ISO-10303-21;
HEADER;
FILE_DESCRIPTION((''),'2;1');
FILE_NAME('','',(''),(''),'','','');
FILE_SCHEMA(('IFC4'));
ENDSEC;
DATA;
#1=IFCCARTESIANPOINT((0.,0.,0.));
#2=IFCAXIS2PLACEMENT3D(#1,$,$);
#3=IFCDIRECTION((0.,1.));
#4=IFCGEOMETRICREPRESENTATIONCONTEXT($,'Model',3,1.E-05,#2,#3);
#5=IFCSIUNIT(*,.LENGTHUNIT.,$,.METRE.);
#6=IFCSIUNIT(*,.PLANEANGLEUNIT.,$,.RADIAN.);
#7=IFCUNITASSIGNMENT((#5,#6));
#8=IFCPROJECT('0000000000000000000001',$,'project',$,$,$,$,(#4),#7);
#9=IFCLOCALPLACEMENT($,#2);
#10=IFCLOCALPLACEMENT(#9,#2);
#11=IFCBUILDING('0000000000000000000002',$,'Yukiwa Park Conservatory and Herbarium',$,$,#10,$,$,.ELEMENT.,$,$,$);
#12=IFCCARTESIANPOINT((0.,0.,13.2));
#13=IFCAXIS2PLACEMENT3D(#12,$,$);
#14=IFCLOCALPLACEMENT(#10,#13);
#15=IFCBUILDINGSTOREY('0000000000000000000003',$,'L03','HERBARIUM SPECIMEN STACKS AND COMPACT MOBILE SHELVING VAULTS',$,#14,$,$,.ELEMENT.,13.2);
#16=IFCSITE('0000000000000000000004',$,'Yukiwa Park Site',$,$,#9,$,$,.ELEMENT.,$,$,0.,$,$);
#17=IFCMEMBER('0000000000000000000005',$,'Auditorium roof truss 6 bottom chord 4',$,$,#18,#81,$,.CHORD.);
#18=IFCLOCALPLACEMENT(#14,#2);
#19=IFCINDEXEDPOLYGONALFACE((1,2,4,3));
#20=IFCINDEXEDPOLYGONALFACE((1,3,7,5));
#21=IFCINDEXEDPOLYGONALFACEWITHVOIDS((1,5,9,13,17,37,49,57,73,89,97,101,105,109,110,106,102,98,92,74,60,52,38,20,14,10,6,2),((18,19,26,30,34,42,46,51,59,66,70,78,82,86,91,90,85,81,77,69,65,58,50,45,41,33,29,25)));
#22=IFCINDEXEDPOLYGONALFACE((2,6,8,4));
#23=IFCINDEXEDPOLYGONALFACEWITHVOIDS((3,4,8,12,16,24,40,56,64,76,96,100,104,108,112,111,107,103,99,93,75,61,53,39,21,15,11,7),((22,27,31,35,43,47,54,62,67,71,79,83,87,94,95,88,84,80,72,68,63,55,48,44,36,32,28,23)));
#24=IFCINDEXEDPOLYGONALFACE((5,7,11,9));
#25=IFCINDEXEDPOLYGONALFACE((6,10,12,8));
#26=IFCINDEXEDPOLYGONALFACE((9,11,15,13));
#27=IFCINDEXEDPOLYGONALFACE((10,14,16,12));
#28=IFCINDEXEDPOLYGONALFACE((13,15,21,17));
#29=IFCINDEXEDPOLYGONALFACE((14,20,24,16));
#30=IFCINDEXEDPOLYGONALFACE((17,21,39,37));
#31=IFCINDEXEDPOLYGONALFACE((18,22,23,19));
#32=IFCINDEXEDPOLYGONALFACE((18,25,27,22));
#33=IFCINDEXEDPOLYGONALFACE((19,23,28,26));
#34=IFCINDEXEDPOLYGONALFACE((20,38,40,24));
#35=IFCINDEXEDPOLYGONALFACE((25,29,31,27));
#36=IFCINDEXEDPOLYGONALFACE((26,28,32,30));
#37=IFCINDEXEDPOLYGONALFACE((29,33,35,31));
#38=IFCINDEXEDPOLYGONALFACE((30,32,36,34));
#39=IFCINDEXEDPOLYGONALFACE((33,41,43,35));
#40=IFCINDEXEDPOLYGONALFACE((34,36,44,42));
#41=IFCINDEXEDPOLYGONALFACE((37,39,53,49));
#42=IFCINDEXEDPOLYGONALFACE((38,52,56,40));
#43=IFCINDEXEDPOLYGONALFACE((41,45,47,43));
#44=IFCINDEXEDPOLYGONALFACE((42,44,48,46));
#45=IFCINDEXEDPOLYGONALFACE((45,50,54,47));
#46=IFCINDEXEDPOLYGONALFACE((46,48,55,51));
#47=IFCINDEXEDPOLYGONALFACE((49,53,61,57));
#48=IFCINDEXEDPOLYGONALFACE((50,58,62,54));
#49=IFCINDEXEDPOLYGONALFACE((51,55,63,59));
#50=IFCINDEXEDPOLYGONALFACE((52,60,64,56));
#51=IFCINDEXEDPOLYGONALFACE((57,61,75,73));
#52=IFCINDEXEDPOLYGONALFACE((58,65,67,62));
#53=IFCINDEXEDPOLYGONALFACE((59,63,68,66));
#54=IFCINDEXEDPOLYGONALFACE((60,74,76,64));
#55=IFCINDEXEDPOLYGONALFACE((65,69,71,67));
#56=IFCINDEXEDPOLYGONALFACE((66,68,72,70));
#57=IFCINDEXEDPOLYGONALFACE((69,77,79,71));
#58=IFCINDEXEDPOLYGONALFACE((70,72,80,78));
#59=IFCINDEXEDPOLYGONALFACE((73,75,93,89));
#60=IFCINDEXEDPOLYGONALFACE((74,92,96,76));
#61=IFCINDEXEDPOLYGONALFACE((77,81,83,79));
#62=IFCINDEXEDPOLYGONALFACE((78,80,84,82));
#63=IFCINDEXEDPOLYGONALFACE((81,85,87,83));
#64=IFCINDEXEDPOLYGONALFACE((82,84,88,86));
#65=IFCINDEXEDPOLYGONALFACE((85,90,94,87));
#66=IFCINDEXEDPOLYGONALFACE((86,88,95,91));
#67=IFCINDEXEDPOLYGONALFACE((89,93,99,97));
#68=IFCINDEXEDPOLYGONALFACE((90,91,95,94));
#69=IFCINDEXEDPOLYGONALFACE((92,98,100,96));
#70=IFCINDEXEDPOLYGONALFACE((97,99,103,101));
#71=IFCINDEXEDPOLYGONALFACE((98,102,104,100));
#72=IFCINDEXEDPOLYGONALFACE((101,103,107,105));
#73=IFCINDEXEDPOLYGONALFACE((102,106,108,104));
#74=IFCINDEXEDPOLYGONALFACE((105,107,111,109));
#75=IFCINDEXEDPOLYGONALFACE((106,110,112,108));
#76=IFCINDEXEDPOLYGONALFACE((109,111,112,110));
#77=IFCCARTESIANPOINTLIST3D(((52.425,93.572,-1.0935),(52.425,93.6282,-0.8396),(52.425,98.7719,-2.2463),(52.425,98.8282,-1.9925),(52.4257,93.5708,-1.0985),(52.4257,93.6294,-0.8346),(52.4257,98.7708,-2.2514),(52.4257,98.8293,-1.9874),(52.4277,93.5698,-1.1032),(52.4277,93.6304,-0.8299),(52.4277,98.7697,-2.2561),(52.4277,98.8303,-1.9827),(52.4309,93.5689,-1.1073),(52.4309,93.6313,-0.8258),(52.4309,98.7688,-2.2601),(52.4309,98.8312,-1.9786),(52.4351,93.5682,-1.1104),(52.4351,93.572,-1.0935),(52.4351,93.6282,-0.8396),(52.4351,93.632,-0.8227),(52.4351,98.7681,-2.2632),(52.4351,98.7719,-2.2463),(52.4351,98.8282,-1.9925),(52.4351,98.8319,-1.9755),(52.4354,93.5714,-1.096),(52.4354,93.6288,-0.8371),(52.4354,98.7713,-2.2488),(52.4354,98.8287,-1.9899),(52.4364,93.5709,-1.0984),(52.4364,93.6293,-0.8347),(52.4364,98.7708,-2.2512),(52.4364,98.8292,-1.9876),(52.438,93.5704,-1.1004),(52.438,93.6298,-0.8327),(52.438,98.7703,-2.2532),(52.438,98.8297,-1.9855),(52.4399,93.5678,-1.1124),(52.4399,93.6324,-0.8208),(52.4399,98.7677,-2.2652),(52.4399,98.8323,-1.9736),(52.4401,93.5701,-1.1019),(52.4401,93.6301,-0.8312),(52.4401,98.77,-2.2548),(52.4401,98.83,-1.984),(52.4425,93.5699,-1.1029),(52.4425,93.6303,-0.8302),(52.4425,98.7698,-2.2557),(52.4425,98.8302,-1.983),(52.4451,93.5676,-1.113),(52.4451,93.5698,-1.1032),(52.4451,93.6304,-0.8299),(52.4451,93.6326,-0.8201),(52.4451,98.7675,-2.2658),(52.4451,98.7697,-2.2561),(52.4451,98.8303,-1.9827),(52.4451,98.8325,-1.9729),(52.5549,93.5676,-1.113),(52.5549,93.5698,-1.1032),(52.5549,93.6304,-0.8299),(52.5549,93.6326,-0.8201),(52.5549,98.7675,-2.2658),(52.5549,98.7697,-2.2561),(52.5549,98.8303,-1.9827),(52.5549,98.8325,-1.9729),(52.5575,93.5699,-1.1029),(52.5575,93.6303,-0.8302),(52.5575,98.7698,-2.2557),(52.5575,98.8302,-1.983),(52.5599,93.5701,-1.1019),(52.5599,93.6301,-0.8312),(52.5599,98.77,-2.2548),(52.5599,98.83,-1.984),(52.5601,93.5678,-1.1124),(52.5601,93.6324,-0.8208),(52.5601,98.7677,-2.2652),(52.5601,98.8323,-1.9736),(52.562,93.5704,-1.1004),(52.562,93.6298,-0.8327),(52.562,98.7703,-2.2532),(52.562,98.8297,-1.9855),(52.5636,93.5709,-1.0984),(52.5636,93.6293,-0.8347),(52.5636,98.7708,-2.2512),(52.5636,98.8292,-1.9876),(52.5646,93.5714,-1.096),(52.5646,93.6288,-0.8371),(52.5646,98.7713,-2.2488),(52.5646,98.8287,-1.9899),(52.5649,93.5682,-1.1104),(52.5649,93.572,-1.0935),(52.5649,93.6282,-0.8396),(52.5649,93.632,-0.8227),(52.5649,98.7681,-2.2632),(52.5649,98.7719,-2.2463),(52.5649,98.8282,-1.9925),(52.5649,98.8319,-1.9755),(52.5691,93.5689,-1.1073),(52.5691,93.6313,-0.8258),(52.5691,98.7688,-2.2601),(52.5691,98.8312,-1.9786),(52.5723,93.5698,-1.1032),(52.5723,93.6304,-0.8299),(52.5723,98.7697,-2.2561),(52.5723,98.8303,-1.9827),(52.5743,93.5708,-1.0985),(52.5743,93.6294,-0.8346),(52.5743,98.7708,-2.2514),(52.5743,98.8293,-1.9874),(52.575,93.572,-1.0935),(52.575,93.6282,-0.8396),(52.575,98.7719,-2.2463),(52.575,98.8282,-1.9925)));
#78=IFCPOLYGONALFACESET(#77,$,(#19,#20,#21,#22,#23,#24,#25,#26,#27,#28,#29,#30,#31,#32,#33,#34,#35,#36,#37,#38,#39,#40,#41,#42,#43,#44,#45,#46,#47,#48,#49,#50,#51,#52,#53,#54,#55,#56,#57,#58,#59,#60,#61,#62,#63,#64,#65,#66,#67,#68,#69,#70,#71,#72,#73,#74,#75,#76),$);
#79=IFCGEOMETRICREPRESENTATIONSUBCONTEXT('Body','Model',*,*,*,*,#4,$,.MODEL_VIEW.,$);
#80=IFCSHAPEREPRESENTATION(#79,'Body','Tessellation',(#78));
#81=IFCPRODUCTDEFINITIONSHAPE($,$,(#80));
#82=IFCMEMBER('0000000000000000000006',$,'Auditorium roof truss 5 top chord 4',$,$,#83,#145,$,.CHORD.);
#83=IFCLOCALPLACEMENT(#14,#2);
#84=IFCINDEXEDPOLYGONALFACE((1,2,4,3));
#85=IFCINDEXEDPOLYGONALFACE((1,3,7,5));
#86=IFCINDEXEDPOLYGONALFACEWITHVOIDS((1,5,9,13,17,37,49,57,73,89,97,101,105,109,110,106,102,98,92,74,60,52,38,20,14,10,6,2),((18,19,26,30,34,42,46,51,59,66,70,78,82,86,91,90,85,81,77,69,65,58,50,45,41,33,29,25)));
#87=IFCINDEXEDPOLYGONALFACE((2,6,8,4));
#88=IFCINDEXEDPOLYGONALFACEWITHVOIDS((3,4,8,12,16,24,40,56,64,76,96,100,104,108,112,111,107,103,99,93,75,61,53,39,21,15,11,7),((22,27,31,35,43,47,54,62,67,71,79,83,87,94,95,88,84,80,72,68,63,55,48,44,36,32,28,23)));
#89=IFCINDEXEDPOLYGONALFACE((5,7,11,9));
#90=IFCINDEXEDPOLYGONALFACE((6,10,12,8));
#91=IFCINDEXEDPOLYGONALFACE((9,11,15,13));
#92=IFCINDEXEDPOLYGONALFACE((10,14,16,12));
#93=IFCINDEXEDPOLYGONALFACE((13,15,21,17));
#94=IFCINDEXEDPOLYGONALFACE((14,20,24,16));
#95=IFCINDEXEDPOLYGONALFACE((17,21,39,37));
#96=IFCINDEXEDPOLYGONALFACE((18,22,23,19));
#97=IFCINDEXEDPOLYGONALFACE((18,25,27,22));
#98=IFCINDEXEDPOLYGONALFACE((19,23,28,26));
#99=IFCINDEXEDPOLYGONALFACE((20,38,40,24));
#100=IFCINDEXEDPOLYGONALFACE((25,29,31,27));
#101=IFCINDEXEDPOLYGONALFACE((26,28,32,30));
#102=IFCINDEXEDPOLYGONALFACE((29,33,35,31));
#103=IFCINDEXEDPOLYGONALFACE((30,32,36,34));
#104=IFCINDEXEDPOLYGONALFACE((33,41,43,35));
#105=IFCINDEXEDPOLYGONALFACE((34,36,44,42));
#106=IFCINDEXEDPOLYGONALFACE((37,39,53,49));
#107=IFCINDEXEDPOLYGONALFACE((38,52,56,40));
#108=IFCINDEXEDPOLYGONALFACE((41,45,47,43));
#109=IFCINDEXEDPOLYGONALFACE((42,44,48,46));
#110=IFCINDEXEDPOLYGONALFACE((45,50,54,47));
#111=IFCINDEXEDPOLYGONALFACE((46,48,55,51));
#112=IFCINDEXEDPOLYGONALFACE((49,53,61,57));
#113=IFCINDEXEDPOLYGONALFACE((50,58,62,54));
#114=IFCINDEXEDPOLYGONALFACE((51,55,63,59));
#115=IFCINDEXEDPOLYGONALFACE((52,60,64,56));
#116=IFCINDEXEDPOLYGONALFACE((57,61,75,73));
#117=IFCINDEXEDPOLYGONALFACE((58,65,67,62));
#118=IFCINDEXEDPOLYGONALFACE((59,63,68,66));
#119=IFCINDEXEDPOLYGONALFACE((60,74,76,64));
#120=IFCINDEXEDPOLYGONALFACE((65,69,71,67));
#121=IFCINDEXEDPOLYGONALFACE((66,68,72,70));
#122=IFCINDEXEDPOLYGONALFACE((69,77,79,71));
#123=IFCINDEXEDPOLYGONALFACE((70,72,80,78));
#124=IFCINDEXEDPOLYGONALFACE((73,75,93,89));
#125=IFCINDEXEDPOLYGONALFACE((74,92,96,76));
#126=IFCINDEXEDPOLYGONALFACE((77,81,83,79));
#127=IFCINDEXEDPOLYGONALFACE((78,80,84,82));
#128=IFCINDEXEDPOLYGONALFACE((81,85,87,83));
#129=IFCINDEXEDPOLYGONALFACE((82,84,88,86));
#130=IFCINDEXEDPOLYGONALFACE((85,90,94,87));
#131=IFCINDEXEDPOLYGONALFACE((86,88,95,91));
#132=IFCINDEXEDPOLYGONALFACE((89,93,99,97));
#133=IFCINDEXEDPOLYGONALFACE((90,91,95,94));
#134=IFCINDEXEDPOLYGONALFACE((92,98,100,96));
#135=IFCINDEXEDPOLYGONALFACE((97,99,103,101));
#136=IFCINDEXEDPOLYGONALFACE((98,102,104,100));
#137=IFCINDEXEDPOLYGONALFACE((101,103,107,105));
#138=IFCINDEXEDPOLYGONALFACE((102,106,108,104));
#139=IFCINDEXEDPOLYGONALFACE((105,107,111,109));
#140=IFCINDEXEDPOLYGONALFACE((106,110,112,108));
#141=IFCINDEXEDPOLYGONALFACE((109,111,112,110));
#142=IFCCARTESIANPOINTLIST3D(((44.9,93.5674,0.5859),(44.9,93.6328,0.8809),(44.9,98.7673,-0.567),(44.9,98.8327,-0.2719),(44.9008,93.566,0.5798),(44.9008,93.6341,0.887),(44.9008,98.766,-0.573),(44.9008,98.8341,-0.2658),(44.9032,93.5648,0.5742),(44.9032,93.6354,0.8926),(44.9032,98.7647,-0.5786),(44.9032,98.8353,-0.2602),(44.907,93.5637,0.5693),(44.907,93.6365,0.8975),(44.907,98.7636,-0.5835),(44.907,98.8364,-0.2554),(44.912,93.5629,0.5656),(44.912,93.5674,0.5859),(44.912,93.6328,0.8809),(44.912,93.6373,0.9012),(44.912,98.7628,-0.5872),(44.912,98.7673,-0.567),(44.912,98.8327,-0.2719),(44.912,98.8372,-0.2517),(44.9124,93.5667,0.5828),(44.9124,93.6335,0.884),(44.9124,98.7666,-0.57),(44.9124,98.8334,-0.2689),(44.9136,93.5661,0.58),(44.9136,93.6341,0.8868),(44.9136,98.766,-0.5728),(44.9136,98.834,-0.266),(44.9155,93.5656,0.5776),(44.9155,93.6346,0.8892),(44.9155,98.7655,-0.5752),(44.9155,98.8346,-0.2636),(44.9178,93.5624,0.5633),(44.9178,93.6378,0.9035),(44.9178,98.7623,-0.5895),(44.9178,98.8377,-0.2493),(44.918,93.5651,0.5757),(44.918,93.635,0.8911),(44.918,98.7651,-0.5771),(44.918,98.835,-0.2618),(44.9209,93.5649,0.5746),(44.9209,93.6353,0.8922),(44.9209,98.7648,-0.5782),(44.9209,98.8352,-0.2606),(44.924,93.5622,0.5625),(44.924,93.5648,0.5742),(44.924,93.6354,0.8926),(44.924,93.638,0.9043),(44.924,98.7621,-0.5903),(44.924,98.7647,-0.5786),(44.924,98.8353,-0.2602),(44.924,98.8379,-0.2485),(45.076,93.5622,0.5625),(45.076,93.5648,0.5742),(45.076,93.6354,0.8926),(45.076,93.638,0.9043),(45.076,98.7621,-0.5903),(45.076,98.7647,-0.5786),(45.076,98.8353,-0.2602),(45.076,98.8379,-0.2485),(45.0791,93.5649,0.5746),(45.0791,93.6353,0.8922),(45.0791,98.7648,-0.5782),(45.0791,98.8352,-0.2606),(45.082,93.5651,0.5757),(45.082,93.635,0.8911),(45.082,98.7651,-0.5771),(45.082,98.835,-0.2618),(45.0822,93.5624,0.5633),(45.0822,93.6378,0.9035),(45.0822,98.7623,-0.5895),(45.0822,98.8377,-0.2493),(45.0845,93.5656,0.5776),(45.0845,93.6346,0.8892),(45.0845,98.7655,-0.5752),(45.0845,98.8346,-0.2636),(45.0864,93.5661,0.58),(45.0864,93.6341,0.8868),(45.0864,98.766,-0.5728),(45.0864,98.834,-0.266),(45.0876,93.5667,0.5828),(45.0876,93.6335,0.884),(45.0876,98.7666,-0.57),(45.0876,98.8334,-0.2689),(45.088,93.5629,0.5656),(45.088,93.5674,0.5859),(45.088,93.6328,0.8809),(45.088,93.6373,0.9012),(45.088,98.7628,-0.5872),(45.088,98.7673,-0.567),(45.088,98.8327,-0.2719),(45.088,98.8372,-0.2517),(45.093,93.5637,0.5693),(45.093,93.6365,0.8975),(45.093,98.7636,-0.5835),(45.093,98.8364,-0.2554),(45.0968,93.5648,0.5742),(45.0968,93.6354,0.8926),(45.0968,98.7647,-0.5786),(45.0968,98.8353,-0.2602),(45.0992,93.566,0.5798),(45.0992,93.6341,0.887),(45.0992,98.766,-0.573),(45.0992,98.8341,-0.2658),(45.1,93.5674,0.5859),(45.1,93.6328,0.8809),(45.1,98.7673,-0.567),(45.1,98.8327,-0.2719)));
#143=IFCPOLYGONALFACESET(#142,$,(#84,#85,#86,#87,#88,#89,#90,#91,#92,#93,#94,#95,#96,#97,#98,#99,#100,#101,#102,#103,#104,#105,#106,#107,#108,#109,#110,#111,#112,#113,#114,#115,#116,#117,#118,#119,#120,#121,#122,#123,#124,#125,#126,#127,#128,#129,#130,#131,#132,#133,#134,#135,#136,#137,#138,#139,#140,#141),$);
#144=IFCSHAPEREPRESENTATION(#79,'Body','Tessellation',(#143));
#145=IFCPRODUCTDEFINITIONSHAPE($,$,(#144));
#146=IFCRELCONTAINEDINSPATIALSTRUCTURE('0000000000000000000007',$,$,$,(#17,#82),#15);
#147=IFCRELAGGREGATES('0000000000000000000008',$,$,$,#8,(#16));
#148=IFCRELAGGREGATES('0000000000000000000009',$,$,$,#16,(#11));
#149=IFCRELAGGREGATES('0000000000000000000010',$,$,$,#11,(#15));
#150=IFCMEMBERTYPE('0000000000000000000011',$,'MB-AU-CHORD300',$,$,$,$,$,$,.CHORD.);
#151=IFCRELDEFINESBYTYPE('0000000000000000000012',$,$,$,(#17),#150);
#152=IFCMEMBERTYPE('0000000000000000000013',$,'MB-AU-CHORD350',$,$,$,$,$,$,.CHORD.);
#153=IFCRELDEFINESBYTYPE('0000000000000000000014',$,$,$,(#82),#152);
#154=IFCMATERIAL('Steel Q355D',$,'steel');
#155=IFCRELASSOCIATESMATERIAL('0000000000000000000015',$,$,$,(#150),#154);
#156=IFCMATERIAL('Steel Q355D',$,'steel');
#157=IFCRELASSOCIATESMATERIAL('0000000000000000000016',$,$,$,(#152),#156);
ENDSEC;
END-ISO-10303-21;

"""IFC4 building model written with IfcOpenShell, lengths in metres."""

from ifc_helpers import new_model, si_unit, direction, frame, origin, origin_2d, place, context, subcontext, project, spatial, hollow_rectangle, extrude, material, material_profile, profile_set, type_object, element, save


model = new_model("IFC4")

# Units and contexts
model_context = context("Model", 3, precision=1e-05, world=origin(), true_north=direction((0.0, 1.0)))
body_context = subcontext(model_context, "Body", "Model", "MODEL_VIEW")
ifc_project = project(units=[si_unit("LENGTHUNIT", "METRE"), si_unit("PLANEANGLEUNIT", "RADIAN")], contexts=[model_context])

# Site, building, storey
site_placement = place(None, origin())
site = spatial("IfcSite", under=ifc_project, at=site_placement, Name="Yukiwa Park Site", CompositionType="ELEMENT", RefElevation=0.0)
building_placement = place(site_placement, origin())
building = spatial("IfcBuilding", under=site, at=building_placement, Name="Yukiwa Park Conservatory and Herbarium", CompositionType="ELEMENT")
storey_placement = place(building_placement, frame((0.0, 0.0, 13.2)))
storey = spatial("IfcBuildingStorey", under=building, at=storey_placement, Name="L03", Description="HERBARIUM SPECIMEN STACKS AND COMPACT MOBILE SHELVING VAULTS", CompositionType="ELEMENT", Elevation=13.2)

# Members
ifc_material_1 = material(Name="Steel Q355D", Category="steel")
ifc_material_profile_1 = material_profile(ifc_material_1, hollow_rectangle(XDim=0.1499, YDim=0.3, WallThickness=0.01, InnerFilletRadius=0.01, OuterFilletRadius=0.02, at=origin_2d()), Name="RHS 300x150x10")
ifc_profile_set_1 = profile_set([ifc_material_profile_1], Name="Steel Q355D")
member_type_1 = type_object("IfcMemberType", Name="MB-AU-CHORD300", PredefinedType="CHORD", material=ifc_profile_set_1)
member_1_placement = place(storey_placement, frame((52.5, 93.6001, -0.9666), z_axis=(0.0, 0.976295, -0.216445), x_axis=(-1.0, 0.0, 0.0)))
element("IfcMember", 1, at=member_1_placement, inside=storey, type_object=member_type_1, Name="Auditorium roof truss 6 bottom chord 4", PredefinedType="CHORD", context=body_context, shape_type="SweptSolid", body=[
    extrude(hollow_rectangle(XDim=0.1499, YDim=0.3, WallThickness=0.01, InnerFilletRadius=0.01, OuterFilletRadius=0.02, at=origin_2d()), origin(), (0.0, 0.0, 1.0), 5.3262),
])
ifc_material_2 = material(Name="Steel Q355D", Category="steel")
ifc_material_profile_2 = material_profile(ifc_material_2, hollow_rectangle(XDim=0.2, YDim=0.3501, WallThickness=0.012, InnerFilletRadius=0.012, OuterFilletRadius=0.0239, at=origin_2d()), Name="RHS 350x200x12")
ifc_profile_set_2 = profile_set([ifc_material_profile_2], Name="Steel Q355D")
member_type_2 = type_object("IfcMemberType", Name="MB-AU-CHORD350", PredefinedType="CHORD", material=ifc_profile_set_2)
member_2_placement = place(storey_placement, frame((45.0, 93.6001, 0.7334), z_axis=(0.0, 0.976295, -0.216445), x_axis=(-1.0, 0.0, 0.0)))
element("IfcMember", 2, at=member_2_placement, inside=storey, type_object=member_type_2, Name="Auditorium roof truss 5 top chord 4", PredefinedType="CHORD", context=body_context, shape_type="SweptSolid", body=[
    extrude(hollow_rectangle(XDim=0.2, YDim=0.3501, WallThickness=0.012, InnerFilletRadius=0.012, OuterFilletRadius=0.0239, at=origin_2d()), origin(), (0.0, 0.0, 1.0), 5.3262),
])

save(model, "model.ifc")
